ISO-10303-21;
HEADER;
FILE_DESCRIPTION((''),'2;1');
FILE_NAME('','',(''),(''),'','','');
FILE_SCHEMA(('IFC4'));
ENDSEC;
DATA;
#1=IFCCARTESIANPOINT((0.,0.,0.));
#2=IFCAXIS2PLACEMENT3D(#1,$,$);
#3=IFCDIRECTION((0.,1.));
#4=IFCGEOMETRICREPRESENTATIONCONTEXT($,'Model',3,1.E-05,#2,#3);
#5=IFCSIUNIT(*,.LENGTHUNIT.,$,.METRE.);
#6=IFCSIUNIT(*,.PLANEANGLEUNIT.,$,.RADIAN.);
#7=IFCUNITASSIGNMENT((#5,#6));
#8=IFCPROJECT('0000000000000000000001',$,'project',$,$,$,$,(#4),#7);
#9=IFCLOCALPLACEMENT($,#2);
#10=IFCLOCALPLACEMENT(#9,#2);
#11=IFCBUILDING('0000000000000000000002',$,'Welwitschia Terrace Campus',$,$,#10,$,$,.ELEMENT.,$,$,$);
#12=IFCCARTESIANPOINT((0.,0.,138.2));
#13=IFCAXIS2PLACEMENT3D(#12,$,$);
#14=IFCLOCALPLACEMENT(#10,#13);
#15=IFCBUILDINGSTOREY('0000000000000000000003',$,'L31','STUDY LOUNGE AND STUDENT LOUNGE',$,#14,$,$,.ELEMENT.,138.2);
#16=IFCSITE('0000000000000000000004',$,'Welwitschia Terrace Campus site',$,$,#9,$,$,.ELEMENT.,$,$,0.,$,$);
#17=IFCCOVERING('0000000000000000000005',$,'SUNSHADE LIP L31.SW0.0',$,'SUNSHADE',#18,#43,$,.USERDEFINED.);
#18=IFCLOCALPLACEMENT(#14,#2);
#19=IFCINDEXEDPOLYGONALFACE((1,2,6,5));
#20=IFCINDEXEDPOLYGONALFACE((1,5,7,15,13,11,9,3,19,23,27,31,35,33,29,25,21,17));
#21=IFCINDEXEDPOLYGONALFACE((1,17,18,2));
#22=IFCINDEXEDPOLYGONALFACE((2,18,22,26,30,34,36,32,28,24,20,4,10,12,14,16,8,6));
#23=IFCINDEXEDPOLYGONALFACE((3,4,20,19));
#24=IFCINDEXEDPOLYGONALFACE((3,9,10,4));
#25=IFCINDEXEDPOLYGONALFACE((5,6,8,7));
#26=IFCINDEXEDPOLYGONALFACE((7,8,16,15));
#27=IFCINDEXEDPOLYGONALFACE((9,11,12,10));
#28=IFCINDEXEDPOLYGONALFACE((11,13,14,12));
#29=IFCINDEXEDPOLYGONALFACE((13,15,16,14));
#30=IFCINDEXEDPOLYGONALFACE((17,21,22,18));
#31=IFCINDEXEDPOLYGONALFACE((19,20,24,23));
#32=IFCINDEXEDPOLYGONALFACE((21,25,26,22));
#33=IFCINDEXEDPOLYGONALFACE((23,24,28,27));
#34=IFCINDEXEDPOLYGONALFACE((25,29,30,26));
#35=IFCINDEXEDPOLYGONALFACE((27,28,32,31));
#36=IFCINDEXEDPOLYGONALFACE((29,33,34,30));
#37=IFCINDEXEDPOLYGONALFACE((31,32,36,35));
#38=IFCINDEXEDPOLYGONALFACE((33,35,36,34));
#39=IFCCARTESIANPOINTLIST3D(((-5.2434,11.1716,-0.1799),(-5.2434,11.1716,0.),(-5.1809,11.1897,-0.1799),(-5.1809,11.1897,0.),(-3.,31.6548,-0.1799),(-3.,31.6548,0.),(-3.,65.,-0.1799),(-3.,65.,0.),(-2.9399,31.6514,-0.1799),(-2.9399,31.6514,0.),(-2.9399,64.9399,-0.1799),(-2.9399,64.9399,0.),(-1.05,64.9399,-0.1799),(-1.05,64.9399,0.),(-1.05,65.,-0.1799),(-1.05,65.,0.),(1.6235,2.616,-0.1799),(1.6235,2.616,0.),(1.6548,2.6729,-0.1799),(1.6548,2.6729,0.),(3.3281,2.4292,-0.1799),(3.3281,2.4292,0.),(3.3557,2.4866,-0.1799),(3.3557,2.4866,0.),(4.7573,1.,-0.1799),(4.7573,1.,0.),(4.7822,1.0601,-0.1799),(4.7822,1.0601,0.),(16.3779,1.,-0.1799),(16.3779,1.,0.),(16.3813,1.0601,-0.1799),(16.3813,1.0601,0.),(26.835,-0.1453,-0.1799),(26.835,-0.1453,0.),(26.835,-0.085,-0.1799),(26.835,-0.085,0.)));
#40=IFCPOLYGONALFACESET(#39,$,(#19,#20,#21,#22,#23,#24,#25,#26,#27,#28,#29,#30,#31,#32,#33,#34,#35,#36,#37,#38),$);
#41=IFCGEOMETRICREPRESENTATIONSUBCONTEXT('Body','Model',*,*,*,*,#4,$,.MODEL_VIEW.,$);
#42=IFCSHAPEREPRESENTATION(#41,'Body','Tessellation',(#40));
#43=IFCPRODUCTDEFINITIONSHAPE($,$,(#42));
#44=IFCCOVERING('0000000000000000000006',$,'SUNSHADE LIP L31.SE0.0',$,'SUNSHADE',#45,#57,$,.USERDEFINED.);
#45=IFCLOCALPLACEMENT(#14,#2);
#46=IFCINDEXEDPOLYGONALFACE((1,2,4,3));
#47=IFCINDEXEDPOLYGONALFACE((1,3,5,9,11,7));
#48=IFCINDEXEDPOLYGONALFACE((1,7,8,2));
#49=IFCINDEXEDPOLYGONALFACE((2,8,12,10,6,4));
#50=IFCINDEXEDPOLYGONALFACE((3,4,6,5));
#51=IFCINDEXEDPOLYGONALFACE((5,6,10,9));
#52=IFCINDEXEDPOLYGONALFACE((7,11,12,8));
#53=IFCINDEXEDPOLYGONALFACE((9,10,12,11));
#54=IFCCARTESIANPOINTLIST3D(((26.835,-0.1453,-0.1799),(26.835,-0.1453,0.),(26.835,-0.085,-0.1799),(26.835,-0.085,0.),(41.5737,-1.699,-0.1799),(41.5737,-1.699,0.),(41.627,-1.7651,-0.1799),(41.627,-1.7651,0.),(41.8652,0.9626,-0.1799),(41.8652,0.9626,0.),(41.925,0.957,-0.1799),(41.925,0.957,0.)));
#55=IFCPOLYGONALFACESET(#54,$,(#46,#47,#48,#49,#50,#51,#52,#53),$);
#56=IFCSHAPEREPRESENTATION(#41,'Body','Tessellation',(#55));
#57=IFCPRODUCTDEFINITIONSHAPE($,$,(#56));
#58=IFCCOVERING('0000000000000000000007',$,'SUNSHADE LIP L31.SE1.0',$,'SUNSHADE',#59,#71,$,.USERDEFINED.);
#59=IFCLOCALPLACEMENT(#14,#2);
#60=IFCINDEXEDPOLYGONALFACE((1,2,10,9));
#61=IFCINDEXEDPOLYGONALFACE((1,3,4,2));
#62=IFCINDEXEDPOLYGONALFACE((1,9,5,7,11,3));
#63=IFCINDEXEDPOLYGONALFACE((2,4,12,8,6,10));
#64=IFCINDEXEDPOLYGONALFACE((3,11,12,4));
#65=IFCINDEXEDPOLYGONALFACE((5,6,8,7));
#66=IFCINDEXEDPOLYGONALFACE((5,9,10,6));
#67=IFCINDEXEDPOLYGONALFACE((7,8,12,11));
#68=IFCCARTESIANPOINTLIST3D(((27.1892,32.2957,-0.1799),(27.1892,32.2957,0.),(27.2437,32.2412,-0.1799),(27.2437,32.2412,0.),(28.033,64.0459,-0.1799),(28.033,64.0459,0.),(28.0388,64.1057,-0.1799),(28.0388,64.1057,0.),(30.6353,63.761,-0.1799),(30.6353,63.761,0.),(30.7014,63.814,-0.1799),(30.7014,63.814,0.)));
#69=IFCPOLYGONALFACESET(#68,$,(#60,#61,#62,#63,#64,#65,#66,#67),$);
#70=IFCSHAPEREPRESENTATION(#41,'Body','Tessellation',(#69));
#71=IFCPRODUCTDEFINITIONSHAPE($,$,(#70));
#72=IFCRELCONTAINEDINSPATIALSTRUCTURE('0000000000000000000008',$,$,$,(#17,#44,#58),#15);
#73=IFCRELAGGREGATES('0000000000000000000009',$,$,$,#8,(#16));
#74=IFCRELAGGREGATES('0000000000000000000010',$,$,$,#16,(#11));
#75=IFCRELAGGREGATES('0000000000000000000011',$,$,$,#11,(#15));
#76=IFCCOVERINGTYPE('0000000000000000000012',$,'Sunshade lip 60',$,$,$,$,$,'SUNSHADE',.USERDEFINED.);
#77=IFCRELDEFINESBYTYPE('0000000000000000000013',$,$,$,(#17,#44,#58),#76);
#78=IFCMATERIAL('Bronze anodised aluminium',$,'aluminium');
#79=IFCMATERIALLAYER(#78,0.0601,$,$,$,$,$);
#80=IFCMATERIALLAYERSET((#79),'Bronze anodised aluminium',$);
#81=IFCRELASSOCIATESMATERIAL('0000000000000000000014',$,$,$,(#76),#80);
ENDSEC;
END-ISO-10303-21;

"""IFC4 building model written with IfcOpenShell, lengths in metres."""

from ifc_helpers import new_model, si_unit, direction, frame, origin, place, context, subcontext, project, spatial, polyline, outline, extrude, material, layer, layer_set, type_object, element, save


model = new_model("IFC4")

# Units and contexts
model_context = context("Model", 3, precision=1e-05, world=origin(), true_north=direction((0.0, 1.0)))
body_context = subcontext(model_context, "Body", "Model", "MODEL_VIEW")
ifc_project = project(units=[si_unit("LENGTHUNIT", "METRE"), si_unit("PLANEANGLEUNIT", "RADIAN")], contexts=[model_context])

# Site, building, storey
site_placement = place(None, origin())
site = spatial("IfcSite", under=ifc_project, at=site_placement, Name="Welwitschia Terrace Campus site", CompositionType="ELEMENT", RefElevation=0.0)
building_placement = place(site_placement, origin())
building = spatial("IfcBuilding", under=site, at=building_placement, Name="Welwitschia Terrace Campus", CompositionType="ELEMENT")
storey_placement = place(building_placement, frame((0.0, 0.0, 138.2)))
storey = spatial("IfcBuildingStorey", under=building, at=storey_placement, Name="L31", Description="STUDY LOUNGE AND STUDENT LOUNGE", CompositionType="ELEMENT", Elevation=138.2)

# Coverings
ifc_material_1 = material(Name="Bronze anodised aluminium", Category="aluminium")
ifc_layer_1 = layer(ifc_material_1, 0.0601)
ifc_layer_set_1 = layer_set([ifc_layer_1], Name="Bronze anodised aluminium")
covering_type_1 = type_object("IfcCoveringType", Name="Sunshade lip 60", ElementType="SUNSHADE", PredefinedType="USERDEFINED", material=ifc_layer_set_1)
covering_1_placement = place(storey_placement, frame((0.0, 0.0, -0.1799)))
element("IfcCovering", 1, at=covering_1_placement, inside=storey, type_object=covering_type_1, Name="SUNSHADE LIP L31.SW0.0", ObjectType="SUNSHADE", PredefinedType="USERDEFINED", context=body_context, shape_type="SweptSolid", body=[
    extrude(outline(polyline([(-1.05, 64.9399), (-2.9399, 64.9399), (-2.9399, 31.6514), (-5.1809, 11.1897), (1.6548, 2.6729), (3.3557, 2.4866), (4.7822, 1.0601), (16.3813, 1.0601), (26.835, -0.085), (26.835, -0.1453), (16.3779, 1.0), (4.7573, 1.0), (3.3281, 2.4292), (1.6235, 2.616), (-5.2434, 11.1716), (-3.0, 31.6548), (-3.0, 65.0), (-1.05, 65.0), (-1.05, 64.9399)])), origin(), (0.0, 0.0, 1.0), 0.1799),
])
covering_2_placement = place(storey_placement, frame((0.0, 0.0, -0.1799)))
element("IfcCovering", 2, at=covering_2_placement, inside=storey, type_object=covering_type_1, Name="SUNSHADE LIP L31.SE0.0", ObjectType="SUNSHADE", PredefinedType="USERDEFINED", context=body_context, shape_type="SweptSolid", body=[
    extrude(outline(polyline([(41.925, 0.957), (41.627, -1.7651), (26.835, -0.1453), (26.835, -0.085), (41.5737, -1.699), (41.8652, 0.9626), (41.925, 0.957)])), origin(), (0.0, 0.0, 1.0), 0.1799),
])
covering_3_placement = place(storey_placement, frame((0.0, 0.0, -0.1799)))
element("IfcCovering", 3, at=covering_3_placement, inside=storey, type_object=covering_type_1, Name="SUNSHADE LIP L31.SE1.0", ObjectType="SUNSHADE", PredefinedType="USERDEFINED", context=body_context, shape_type="SweptSolid", body=[
    extrude(outline(polyline([(27.1892, 32.2957), (30.6353, 63.761), (28.033, 64.0459), (28.0388, 64.1057), (30.7014, 63.814), (27.2437, 32.2412), (27.1892, 32.2957)])), origin(), (0.0, 0.0, 1.0), 0.1799),
])

save(model, "model.ifc")
